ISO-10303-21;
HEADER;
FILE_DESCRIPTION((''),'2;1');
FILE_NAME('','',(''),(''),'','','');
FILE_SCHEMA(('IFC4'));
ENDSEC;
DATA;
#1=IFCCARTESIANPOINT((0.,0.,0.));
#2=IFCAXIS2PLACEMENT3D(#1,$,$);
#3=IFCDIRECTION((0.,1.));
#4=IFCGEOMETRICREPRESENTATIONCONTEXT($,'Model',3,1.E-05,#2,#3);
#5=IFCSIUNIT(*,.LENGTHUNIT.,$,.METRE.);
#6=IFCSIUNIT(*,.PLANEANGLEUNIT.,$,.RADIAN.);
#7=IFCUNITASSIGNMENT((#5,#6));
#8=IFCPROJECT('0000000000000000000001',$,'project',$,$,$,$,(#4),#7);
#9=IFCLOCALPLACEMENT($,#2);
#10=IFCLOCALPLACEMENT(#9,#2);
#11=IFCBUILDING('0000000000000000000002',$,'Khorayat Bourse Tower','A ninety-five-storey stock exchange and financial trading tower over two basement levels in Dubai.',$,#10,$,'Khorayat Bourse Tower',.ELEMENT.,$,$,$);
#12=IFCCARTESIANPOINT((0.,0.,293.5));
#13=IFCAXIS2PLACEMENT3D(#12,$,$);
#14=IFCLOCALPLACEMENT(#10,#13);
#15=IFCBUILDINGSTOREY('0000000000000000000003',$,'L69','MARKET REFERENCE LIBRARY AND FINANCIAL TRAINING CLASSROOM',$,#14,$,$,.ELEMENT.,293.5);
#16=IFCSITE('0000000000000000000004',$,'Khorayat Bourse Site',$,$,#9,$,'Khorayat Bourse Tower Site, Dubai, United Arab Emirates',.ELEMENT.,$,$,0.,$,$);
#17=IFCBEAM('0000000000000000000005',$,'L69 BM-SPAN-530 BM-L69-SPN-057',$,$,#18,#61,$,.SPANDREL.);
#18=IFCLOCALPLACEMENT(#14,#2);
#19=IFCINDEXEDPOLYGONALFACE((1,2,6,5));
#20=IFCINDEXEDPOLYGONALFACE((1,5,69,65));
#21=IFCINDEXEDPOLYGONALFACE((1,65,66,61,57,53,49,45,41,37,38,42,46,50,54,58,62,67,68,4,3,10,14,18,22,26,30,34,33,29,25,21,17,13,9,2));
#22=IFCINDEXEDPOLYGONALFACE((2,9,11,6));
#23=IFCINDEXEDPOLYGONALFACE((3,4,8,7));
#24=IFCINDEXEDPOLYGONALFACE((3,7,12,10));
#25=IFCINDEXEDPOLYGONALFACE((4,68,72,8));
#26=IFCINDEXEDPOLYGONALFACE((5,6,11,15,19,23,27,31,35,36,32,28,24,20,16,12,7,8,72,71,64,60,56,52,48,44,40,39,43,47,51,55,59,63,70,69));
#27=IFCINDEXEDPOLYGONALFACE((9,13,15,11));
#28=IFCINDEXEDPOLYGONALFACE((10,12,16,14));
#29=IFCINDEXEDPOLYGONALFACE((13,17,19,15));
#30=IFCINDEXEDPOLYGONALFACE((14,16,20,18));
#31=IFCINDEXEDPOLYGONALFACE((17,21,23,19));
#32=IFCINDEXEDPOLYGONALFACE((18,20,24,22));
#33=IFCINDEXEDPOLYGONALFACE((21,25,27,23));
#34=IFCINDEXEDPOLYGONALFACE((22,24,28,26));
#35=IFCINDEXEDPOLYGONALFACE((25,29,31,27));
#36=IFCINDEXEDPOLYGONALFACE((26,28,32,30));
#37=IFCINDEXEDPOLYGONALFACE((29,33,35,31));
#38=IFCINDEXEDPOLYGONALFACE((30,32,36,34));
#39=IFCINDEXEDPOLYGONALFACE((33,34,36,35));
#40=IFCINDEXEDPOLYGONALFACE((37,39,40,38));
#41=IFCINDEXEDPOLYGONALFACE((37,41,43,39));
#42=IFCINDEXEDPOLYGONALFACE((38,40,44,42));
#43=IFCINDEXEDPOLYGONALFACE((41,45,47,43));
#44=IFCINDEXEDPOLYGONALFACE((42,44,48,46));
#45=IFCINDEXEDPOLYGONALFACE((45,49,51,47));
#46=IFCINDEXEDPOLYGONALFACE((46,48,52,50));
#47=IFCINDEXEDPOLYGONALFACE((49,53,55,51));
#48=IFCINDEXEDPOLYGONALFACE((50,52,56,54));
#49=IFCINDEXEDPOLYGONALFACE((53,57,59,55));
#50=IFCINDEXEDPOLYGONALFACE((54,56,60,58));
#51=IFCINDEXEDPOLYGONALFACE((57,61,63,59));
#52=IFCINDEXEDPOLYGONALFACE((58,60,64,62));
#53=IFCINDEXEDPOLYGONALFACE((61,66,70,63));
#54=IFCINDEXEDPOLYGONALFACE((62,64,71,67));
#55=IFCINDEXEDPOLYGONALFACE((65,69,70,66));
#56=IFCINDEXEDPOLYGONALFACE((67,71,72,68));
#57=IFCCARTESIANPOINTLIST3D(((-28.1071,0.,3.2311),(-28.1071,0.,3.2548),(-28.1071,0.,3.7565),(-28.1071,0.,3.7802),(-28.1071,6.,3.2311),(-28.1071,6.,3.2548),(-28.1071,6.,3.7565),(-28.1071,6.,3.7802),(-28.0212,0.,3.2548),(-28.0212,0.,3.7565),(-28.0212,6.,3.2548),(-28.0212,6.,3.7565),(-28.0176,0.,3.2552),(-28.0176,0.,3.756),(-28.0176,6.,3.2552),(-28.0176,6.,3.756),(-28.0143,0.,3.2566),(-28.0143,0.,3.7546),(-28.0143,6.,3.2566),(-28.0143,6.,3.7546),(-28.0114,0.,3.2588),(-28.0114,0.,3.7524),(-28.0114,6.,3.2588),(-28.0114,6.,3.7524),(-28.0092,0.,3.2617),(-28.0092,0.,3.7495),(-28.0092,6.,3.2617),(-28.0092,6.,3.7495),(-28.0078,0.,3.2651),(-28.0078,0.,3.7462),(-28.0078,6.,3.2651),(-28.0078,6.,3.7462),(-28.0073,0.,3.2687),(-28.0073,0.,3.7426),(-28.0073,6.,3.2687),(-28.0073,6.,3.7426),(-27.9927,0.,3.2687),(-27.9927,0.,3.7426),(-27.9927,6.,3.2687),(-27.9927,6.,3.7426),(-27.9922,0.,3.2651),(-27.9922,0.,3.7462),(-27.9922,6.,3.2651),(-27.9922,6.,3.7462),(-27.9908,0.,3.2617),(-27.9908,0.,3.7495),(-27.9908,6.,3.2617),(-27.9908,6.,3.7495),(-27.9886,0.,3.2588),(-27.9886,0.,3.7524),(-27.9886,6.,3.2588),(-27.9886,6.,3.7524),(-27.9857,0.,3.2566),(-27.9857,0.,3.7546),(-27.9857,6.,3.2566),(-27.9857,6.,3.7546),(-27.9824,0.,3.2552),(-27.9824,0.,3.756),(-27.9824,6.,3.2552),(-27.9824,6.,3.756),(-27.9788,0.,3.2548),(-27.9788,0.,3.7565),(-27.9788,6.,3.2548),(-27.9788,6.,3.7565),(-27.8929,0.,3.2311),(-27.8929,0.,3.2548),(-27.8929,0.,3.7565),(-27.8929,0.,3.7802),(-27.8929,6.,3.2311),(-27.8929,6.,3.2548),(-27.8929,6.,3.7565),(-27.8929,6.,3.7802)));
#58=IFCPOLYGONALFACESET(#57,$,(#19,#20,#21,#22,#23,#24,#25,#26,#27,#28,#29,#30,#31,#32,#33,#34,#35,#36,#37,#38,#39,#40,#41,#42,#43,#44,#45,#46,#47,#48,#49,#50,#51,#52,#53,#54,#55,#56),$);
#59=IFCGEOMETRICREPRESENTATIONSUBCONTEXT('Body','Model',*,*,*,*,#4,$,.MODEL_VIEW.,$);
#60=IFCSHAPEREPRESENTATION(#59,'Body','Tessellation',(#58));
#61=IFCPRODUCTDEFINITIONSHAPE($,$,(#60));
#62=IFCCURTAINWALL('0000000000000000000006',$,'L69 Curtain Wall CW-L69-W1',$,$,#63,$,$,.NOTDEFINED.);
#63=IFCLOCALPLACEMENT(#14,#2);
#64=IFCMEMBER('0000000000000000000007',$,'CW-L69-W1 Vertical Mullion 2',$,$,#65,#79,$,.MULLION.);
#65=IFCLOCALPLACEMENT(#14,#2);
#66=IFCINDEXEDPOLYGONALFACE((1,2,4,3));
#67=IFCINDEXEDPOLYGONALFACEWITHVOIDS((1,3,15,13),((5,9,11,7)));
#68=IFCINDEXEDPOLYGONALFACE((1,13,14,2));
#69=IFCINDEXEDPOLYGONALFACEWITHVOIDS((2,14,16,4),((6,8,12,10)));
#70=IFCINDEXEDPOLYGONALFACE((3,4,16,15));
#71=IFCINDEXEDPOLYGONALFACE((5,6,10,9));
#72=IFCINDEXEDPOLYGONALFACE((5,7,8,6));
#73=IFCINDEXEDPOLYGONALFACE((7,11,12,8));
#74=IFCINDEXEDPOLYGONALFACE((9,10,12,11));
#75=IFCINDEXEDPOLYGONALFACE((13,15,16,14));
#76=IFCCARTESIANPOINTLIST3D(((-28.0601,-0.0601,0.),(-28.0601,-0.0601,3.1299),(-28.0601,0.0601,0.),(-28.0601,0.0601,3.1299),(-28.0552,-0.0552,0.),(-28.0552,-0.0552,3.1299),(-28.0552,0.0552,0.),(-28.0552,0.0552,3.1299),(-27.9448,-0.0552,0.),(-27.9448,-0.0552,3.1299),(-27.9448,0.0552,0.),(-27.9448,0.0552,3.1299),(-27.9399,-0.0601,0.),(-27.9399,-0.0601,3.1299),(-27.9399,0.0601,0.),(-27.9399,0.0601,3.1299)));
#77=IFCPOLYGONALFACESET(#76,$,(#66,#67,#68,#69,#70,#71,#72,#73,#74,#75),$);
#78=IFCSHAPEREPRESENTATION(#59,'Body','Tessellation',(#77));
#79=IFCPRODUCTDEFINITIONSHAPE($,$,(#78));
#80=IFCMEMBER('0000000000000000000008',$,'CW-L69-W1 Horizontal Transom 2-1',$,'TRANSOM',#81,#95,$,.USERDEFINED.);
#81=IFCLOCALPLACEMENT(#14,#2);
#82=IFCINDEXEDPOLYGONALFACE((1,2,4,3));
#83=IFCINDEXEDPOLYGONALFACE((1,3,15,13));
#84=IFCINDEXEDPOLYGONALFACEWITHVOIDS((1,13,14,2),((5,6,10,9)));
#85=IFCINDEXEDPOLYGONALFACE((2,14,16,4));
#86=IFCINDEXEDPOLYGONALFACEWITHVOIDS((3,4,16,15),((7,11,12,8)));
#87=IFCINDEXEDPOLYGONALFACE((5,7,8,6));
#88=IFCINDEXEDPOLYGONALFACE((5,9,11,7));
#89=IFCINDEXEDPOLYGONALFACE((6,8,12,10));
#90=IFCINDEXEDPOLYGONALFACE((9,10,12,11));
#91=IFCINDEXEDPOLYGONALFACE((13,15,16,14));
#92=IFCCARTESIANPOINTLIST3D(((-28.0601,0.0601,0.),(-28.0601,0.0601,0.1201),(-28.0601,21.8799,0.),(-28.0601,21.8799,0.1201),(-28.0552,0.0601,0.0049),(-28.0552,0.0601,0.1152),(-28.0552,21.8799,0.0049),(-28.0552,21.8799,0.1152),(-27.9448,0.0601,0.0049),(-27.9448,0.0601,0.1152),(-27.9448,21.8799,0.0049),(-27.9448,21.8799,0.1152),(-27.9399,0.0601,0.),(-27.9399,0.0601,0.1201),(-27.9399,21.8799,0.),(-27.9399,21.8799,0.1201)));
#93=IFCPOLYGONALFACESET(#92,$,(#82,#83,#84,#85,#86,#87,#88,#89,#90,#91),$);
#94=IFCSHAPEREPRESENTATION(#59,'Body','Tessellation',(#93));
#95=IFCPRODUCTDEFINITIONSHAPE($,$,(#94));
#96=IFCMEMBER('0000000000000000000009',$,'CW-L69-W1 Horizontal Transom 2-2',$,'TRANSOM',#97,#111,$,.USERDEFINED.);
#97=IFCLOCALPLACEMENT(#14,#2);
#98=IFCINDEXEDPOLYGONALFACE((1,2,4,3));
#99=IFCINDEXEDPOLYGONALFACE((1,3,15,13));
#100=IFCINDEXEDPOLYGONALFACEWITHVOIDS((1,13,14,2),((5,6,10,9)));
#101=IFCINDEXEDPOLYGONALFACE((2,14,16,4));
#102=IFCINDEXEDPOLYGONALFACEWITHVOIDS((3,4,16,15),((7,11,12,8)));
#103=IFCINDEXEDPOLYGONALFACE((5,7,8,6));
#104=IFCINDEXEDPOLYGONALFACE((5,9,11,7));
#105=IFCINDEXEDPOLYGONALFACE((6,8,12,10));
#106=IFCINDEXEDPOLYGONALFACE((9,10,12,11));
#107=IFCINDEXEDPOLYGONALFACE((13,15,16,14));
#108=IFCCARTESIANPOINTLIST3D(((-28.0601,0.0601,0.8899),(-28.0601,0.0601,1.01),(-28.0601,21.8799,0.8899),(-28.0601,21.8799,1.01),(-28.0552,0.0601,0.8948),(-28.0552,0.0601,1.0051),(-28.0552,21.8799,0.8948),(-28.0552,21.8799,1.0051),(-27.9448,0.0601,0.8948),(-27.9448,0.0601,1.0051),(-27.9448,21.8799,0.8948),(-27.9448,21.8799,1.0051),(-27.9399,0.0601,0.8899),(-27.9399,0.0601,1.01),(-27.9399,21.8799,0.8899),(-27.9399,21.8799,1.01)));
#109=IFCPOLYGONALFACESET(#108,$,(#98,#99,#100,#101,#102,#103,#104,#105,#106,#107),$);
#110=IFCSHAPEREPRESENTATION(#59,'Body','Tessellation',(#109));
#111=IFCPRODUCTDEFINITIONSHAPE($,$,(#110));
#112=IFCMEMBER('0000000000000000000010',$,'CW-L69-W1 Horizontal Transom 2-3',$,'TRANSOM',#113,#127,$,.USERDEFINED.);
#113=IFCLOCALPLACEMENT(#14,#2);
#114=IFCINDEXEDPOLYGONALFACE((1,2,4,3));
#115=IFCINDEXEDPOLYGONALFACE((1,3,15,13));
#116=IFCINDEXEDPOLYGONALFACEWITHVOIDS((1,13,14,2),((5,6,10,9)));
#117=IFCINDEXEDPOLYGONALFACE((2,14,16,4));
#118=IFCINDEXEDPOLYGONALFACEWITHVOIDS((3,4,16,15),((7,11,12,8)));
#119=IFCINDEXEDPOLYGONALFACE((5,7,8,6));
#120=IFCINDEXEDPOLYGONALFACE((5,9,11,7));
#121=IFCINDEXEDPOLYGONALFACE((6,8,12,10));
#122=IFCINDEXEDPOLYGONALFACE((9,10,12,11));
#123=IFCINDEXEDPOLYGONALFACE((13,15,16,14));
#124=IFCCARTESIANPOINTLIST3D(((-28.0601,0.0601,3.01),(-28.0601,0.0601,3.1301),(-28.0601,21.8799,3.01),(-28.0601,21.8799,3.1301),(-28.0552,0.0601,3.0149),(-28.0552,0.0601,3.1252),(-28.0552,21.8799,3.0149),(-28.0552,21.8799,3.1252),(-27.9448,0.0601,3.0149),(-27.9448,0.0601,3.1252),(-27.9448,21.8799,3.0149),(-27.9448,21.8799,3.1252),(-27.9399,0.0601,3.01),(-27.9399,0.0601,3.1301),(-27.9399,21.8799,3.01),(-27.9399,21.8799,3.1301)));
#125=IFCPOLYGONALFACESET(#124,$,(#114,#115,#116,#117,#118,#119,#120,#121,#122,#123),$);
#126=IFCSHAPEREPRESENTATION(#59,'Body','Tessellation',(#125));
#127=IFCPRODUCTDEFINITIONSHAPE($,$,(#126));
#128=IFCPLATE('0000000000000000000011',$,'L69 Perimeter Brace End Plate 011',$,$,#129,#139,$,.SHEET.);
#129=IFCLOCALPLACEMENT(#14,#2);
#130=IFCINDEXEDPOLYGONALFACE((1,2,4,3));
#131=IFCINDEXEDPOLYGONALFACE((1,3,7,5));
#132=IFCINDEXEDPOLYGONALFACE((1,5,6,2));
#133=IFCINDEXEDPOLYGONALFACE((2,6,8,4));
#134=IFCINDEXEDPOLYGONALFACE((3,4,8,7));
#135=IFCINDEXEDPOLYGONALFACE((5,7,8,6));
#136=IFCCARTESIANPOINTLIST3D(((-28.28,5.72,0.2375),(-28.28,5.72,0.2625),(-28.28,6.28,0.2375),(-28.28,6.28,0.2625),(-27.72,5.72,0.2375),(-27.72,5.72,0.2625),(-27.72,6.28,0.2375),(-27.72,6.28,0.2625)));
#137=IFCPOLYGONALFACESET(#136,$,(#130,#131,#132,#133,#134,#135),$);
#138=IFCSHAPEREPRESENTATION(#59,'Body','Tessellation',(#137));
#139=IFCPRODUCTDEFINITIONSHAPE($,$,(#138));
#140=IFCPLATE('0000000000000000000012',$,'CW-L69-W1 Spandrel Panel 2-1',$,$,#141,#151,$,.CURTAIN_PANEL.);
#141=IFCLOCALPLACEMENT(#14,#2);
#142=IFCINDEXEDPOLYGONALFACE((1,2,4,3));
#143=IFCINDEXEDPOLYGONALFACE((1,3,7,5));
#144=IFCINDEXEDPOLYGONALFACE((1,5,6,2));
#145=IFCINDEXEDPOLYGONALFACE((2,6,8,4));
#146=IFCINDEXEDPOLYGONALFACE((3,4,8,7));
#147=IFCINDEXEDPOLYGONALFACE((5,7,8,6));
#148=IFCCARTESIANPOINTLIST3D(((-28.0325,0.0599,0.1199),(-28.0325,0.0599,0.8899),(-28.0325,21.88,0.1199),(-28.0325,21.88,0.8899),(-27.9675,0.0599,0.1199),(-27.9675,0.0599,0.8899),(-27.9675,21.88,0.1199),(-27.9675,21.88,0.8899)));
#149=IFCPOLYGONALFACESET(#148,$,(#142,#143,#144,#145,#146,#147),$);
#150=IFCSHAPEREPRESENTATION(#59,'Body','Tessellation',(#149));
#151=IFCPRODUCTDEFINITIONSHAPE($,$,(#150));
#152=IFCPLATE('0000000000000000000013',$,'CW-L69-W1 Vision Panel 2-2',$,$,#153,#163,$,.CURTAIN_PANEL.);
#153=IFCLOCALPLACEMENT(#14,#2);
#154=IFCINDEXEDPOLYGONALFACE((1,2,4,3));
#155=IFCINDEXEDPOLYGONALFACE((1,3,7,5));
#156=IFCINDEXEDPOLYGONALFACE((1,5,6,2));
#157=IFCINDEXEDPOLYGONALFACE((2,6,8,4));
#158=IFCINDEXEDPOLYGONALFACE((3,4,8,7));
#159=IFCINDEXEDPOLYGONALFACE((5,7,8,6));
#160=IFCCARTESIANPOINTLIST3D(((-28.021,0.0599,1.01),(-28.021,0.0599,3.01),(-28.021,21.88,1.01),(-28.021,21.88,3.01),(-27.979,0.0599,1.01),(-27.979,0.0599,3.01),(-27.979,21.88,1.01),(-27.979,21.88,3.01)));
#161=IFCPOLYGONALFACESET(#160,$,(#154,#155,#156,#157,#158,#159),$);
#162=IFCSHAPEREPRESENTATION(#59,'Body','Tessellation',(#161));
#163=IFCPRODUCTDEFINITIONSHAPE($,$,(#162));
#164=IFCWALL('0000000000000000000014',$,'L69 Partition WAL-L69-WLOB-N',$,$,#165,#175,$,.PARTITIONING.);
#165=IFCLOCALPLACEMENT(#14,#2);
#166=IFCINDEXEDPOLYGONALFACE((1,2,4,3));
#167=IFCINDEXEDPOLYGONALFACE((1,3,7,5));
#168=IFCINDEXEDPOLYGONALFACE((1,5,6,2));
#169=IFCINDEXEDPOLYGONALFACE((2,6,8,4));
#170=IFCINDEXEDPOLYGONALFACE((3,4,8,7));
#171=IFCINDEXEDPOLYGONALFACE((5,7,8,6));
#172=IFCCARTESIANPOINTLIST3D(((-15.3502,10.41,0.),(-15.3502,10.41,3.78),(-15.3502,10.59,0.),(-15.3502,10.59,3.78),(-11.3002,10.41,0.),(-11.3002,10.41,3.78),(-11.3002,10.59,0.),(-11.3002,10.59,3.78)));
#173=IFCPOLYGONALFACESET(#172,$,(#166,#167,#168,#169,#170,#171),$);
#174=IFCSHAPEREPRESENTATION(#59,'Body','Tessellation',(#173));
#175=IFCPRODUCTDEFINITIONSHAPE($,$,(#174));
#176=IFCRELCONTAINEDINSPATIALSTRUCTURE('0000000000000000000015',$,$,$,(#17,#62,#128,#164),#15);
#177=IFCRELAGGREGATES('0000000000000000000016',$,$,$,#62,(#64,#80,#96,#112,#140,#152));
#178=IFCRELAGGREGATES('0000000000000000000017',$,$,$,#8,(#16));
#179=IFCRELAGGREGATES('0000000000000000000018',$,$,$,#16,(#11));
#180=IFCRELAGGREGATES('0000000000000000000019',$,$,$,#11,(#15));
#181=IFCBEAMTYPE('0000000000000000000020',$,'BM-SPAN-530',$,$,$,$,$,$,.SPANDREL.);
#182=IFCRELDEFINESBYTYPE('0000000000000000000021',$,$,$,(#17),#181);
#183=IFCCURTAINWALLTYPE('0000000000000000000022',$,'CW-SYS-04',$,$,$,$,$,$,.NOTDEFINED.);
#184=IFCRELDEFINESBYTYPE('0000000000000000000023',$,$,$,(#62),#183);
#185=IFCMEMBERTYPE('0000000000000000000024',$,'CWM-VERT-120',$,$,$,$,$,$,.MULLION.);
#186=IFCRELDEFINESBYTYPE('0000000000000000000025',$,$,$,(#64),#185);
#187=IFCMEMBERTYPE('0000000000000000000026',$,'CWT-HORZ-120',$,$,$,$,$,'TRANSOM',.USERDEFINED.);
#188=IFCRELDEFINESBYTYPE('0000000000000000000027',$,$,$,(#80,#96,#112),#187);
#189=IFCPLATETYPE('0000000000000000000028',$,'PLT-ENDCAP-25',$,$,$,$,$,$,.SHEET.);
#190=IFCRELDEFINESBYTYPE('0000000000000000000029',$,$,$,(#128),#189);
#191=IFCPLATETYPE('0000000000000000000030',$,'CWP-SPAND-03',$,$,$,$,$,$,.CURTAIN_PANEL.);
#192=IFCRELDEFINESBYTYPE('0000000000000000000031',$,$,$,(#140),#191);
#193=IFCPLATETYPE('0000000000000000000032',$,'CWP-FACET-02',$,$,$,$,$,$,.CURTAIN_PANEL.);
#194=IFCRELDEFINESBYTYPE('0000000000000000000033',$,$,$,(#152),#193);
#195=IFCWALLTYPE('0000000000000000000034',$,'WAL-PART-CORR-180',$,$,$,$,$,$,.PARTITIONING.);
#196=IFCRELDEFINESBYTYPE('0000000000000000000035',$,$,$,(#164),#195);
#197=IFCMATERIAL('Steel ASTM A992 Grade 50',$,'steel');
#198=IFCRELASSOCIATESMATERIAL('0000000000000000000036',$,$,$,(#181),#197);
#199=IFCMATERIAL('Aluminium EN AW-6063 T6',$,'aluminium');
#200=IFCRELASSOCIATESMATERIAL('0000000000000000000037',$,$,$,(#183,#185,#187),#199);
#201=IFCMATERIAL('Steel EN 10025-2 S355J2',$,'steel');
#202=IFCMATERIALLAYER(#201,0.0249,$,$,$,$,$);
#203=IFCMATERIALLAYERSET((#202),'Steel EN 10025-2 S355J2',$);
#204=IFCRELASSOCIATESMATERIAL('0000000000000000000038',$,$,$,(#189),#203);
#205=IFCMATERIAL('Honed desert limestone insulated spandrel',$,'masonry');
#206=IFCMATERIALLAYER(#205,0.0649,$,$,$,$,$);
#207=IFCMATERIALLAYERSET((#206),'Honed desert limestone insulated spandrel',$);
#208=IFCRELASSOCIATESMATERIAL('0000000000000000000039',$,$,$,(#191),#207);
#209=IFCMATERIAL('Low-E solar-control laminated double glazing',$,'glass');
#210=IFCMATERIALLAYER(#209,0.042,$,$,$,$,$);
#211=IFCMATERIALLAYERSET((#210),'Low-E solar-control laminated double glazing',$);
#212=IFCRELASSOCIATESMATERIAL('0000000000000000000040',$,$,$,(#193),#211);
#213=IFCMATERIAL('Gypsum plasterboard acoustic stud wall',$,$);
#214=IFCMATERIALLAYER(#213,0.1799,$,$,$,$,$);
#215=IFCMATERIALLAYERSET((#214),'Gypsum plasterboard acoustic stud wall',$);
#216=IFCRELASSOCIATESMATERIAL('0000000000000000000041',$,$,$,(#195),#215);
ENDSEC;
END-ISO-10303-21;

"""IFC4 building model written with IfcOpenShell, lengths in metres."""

from ifc_helpers import new_model, si_unit, direction, frame, frame_2d, origin, origin_2d, place, context, subcontext, project, spatial, rectangle, hollow_rectangle, i_section, extrude, source, transform, mapped, material, layer, layer_set, material_profile, profile_set, type_object, element, aggregate, save


model = new_model("IFC4")

# Units and contexts
model_context = context("Model", 3, precision=1e-05, world=origin(), true_north=direction((0.0, 1.0)))
body_context = subcontext(model_context, "Body", "Model", "MODEL_VIEW")
ifc_project = project(units=[si_unit("LENGTHUNIT", "METRE"), si_unit("PLANEANGLEUNIT", "RADIAN")], contexts=[model_context])

# Site, building, storey
site_placement = place(None, origin())
site = spatial("IfcSite", under=ifc_project, at=site_placement, Name="Khorayat Bourse Site", LongName="Khorayat Bourse Tower Site, Dubai, United Arab Emirates", CompositionType="ELEMENT", RefElevation=0.0)
building_placement = place(site_placement, origin())
building = spatial("IfcBuilding", under=site, at=building_placement, Name="Khorayat Bourse Tower", Description="A ninety-five-storey stock exchange and financial trading tower over two basement levels in Dubai.", LongName="Khorayat Bourse Tower", CompositionType="ELEMENT")
storey_placement = place(building_placement, frame((0.0, 0.0, 293.5)))
storey = spatial("IfcBuildingStorey", under=building, at=storey_placement, Name="L69", Description="MARKET REFERENCE LIBRARY AND FINANCIAL TRAINING CLASSROOM", CompositionType="ELEMENT", Elevation=293.5)

# Beam
ifc_material_1 = material(Name="Steel ASTM A992 Grade 50", Category="steel")
ifc_material_profile_1 = material_profile(ifc_material_1, i_section(OverallWidth=0.2141, OverallDepth=0.5491, WebThickness=0.0146, FlangeThickness=0.0237, FilletRadius=0.0139, at=origin_2d()), Name="W530X138")
ifc_profile_set_1 = profile_set([ifc_material_profile_1], Name="Steel ASTM A992 Grade 50")
beam_type_1 = type_object("IfcBeamType", Name="BM-SPAN-530", PredefinedType="SPANDREL", material=ifc_profile_set_1)
shared_shape_1 = source(origin(), body_context, "Body", "SweptSolid", [
    extrude(i_section(OverallWidth=0.2141, OverallDepth=0.5491, WebThickness=0.0146, FlangeThickness=0.0237, FilletRadius=0.0139, at=origin_2d()), origin(), (0.0, 0.0, 1.0), 6.0),
])
beam_1_placement = place(storey_placement, frame((-28.0, 0.0, 3.5056), z_axis=(0.0, 1.0, 0.0), x_axis=(-1.0, 0.0, 0.0)))
element("IfcBeam", 1, at=beam_1_placement, inside=storey, type_object=beam_type_1, Name="L69 BM-SPAN-530 BM-L69-SPN-057", PredefinedType="SPANDREL", context=body_context, shape_type="MappedRepresentation", body=[
    mapped(shared_shape_1, transform((0.0, 0.0, 0.0), scale=1.0)),
])

# Curtain wall, members
ifc_material_2 = material(Name="Aluminium EN AW-6063 T6", Category="aluminium")
curtain_wall_type = type_object("IfcCurtainWallType", Name="CW-SYS-04", PredefinedType="NOTDEFINED", material=ifc_material_2)
curtain_wall_placement = place(storey_placement, origin())
curtain_wall = element("IfcCurtainWall", 2, at=curtain_wall_placement, inside=storey, type_object=curtain_wall_type, Name="L69 Curtain Wall CW-L69-W1", PredefinedType="NOTDEFINED")
ifc_material_profile_2 = material_profile(ifc_material_2, hollow_rectangle(XDim=0.1201, YDim=0.1201, WallThickness=0.0049, at=origin_2d()), Name="ALU 120x120x5")
ifc_profile_set_2 = profile_set([ifc_material_profile_2], Name="Aluminium EN AW-6063 T6")
member_type_1 = type_object("IfcMemberType", Name="CWM-VERT-120", PredefinedType="MULLION", material=ifc_profile_set_2)
shared_shape_2 = source(origin(), body_context, "Body", "SweptSolid", [
    extrude(hollow_rectangle(XDim=0.1201, YDim=0.1201, WallThickness=0.0049, at=origin_2d()), origin(), (0.0, 0.0, 1.0), 3.1299),
])
member_1_placement = place(storey_placement, frame((-28.0, 0.0, 0.0), z_axis=(0.0, 0.0, 1.0), x_axis=(-1.0, 0.0, 0.0)))
member_1 = element("IfcMember", 3, at=member_1_placement, type_object=member_type_1, Name="CW-L69-W1 Vertical Mullion 2", PredefinedType="MULLION", context=body_context, shape_type="MappedRepresentation", body=[
    mapped(shared_shape_2, transform((0.0, 0.0, 0.0), scale=1.0)),
])
ifc_material_profile_3 = material_profile(ifc_material_2, hollow_rectangle(XDim=0.1201, YDim=0.1201, WallThickness=0.0049, at=origin_2d()), Name="ALU 120x120x5")
ifc_profile_set_3 = profile_set([ifc_material_profile_3], Name="Aluminium EN AW-6063 T6")
member_type_2 = type_object("IfcMemberType", Name="CWT-HORZ-120", ElementType="TRANSOM", PredefinedType="USERDEFINED", material=ifc_profile_set_3)
shared_shape_3 = source(origin(), body_context, "Body", "SweptSolid", [
    extrude(hollow_rectangle(XDim=0.1201, YDim=0.1201, WallThickness=0.0049, at=origin_2d()), origin(), (0.0, 0.0, 1.0), 21.8198),
])
member_2_placement = place(storey_placement, frame((-28.0, 0.0601, 0.0601), z_axis=(0.0, 1.0, 0.0), x_axis=(-1.0, 0.0, 0.0)))
member_2 = element("IfcMember", 4, at=member_2_placement, type_object=member_type_2, Name="CW-L69-W1 Horizontal Transom 2-1", ObjectType="TRANSOM", PredefinedType="USERDEFINED", context=body_context, shape_type="MappedRepresentation", body=[
    mapped(shared_shape_3, transform((0.0, 0.0, 0.0), scale=1.0)),
])
member_3_placement = place(storey_placement, frame((-28.0, 0.0601, 0.95), z_axis=(0.0, 1.0, 0.0), x_axis=(-1.0, 0.0, 0.0)))
member_3 = element("IfcMember", 5, at=member_3_placement, type_object=member_type_2, Name="CW-L69-W1 Horizontal Transom 2-2", ObjectType="TRANSOM", PredefinedType="USERDEFINED", context=body_context, shape_type="MappedRepresentation", body=[
    mapped(shared_shape_3, transform((0.0, 0.0, 0.0), scale=1.0)),
])
member_4_placement = place(storey_placement, frame((-28.0, 0.0601, 3.0701), z_axis=(0.0, 1.0, 0.0), x_axis=(-1.0, 0.0, 0.0)))
member_4 = element("IfcMember", 6, at=member_4_placement, type_object=member_type_2, Name="CW-L69-W1 Horizontal Transom 2-3", ObjectType="TRANSOM", PredefinedType="USERDEFINED", context=body_context, shape_type="MappedRepresentation", body=[
    mapped(shared_shape_3, transform((0.0, 0.0, 0.0), scale=1.0)),
])

# Plates
ifc_material_3 = material(Name="Steel EN 10025-2 S355J2", Category="steel")
ifc_layer_1 = layer(ifc_material_3, 0.0249)
ifc_layer_set_1 = layer_set([ifc_layer_1], Name="Steel EN 10025-2 S355J2")
plate_type_1 = type_object("IfcPlateType", Name="PLT-ENDCAP-25", PredefinedType="SHEET", material=ifc_layer_set_1)
shared_shape_4 = source(origin(), body_context, "Body", "SweptSolid", [
    extrude(rectangle(XDim=0.5601, YDim=0.5601, at=origin_2d()), origin(), (0.0, 0.0, 1.0), 0.0249),
])
plate_1_placement = place(storey_placement, frame((-28.0, 6.0, 0.2375), z_axis=(0.0, 0.0, 1.0), x_axis=(1.0, 0.0, 0.0)))
element("IfcPlate", 7, at=plate_1_placement, inside=storey, type_object=plate_type_1, Name="L69 Perimeter Brace End Plate 011", PredefinedType="SHEET", context=body_context, shape_type="MappedRepresentation", body=[
    mapped(shared_shape_4, transform((0.0, 0.0, 0.0), scale=1.0)),
])
ifc_material_4 = material(Name="Honed desert limestone insulated spandrel", Category="masonry")
ifc_layer_2 = layer(ifc_material_4, 0.0649)
ifc_layer_set_2 = layer_set([ifc_layer_2], Name="Honed desert limestone insulated spandrel")
plate_type_2 = type_object("IfcPlateType", Name="CWP-SPAND-03", PredefinedType="CURTAIN_PANEL", material=ifc_layer_set_2)
shared_shape_5 = source(origin(), body_context, "Body", "SweptSolid", [
    extrude(rectangle(XDim=21.8201, YDim=0.0649, at=origin_2d()), origin(), (0.0, 0.0, 1.0), 0.77),
])
plate_2_placement = place(storey_placement, frame((-28.0, 10.97, 0.1199), z_axis=(0.0, 0.0, 1.0), x_axis=(0.0, 1.0, 0.0)))
plate_2 = element("IfcPlate", 8, at=plate_2_placement, type_object=plate_type_2, Name="CW-L69-W1 Spandrel Panel 2-1", PredefinedType="CURTAIN_PANEL", context=body_context, shape_type="MappedRepresentation", body=[
    mapped(shared_shape_5, transform((0.0, 0.0, 0.0), scale=1.0)),
])
ifc_material_5 = material(Name="Low-E solar-control laminated double glazing", Category="glass")
ifc_layer_3 = layer(ifc_material_5, 0.042)
ifc_layer_set_3 = layer_set([ifc_layer_3], Name="Low-E solar-control laminated double glazing")
plate_type_3 = type_object("IfcPlateType", Name="CWP-FACET-02", PredefinedType="CURTAIN_PANEL", material=ifc_layer_set_3)
shared_shape_6 = source(origin(), body_context, "Body", "SweptSolid", [
    extrude(rectangle(XDim=21.8201, YDim=0.042, at=origin_2d()), origin(), (0.0, 0.0, 1.0), 2.0),
])
plate_3_placement = place(storey_placement, frame((-28.0, 10.97, 1.01), z_axis=(0.0, 0.0, 1.0), x_axis=(0.0, 1.0, 0.0)))
plate_3 = element("IfcPlate", 9, at=plate_3_placement, type_object=plate_type_3, Name="CW-L69-W1 Vision Panel 2-2", PredefinedType="CURTAIN_PANEL", context=body_context, shape_type="MappedRepresentation", body=[
    mapped(shared_shape_6, transform((0.0, 0.0, 0.0), scale=1.0)),
])
aggregate(curtain_wall, [member_1, member_2, member_3, member_4, plate_2, plate_3])

# Wall
ifc_material_6 = material(Name="Gypsum plasterboard acoustic stud wall")
ifc_layer_4 = layer(ifc_material_6, 0.1799)
ifc_layer_set_4 = layer_set([ifc_layer_4], Name="Gypsum plasterboard acoustic stud wall")
wall_type_1 = type_object("IfcWallType", Name="WAL-PART-CORR-180", PredefinedType="PARTITIONING", material=ifc_layer_set_4)
shared_shape_7 = source(origin(), body_context, "Body", "SweptSolid", [
    extrude(rectangle(XDim=4.05, YDim=0.1799, at=frame_2d((2.0249, 0.0))), origin(), (0.0, 0.0, 1.0), 3.78),
])
wall_1_placement = place(storey_placement, frame((-15.3501, 10.5, 0.0), z_axis=(0.0, 0.0, 1.0), x_axis=(1.0, 0.0, 0.0)))
element("IfcWall", 10, at=wall_1_placement, inside=storey, type_object=wall_type_1, Name="L69 Partition WAL-L69-WLOB-N", PredefinedType="PARTITIONING", context=body_context, shape_type="MappedRepresentation", body=[
    mapped(shared_shape_7, transform((0.0, 0.0, 0.0), scale=1.0)),
])

save(model, "model.ifc")
